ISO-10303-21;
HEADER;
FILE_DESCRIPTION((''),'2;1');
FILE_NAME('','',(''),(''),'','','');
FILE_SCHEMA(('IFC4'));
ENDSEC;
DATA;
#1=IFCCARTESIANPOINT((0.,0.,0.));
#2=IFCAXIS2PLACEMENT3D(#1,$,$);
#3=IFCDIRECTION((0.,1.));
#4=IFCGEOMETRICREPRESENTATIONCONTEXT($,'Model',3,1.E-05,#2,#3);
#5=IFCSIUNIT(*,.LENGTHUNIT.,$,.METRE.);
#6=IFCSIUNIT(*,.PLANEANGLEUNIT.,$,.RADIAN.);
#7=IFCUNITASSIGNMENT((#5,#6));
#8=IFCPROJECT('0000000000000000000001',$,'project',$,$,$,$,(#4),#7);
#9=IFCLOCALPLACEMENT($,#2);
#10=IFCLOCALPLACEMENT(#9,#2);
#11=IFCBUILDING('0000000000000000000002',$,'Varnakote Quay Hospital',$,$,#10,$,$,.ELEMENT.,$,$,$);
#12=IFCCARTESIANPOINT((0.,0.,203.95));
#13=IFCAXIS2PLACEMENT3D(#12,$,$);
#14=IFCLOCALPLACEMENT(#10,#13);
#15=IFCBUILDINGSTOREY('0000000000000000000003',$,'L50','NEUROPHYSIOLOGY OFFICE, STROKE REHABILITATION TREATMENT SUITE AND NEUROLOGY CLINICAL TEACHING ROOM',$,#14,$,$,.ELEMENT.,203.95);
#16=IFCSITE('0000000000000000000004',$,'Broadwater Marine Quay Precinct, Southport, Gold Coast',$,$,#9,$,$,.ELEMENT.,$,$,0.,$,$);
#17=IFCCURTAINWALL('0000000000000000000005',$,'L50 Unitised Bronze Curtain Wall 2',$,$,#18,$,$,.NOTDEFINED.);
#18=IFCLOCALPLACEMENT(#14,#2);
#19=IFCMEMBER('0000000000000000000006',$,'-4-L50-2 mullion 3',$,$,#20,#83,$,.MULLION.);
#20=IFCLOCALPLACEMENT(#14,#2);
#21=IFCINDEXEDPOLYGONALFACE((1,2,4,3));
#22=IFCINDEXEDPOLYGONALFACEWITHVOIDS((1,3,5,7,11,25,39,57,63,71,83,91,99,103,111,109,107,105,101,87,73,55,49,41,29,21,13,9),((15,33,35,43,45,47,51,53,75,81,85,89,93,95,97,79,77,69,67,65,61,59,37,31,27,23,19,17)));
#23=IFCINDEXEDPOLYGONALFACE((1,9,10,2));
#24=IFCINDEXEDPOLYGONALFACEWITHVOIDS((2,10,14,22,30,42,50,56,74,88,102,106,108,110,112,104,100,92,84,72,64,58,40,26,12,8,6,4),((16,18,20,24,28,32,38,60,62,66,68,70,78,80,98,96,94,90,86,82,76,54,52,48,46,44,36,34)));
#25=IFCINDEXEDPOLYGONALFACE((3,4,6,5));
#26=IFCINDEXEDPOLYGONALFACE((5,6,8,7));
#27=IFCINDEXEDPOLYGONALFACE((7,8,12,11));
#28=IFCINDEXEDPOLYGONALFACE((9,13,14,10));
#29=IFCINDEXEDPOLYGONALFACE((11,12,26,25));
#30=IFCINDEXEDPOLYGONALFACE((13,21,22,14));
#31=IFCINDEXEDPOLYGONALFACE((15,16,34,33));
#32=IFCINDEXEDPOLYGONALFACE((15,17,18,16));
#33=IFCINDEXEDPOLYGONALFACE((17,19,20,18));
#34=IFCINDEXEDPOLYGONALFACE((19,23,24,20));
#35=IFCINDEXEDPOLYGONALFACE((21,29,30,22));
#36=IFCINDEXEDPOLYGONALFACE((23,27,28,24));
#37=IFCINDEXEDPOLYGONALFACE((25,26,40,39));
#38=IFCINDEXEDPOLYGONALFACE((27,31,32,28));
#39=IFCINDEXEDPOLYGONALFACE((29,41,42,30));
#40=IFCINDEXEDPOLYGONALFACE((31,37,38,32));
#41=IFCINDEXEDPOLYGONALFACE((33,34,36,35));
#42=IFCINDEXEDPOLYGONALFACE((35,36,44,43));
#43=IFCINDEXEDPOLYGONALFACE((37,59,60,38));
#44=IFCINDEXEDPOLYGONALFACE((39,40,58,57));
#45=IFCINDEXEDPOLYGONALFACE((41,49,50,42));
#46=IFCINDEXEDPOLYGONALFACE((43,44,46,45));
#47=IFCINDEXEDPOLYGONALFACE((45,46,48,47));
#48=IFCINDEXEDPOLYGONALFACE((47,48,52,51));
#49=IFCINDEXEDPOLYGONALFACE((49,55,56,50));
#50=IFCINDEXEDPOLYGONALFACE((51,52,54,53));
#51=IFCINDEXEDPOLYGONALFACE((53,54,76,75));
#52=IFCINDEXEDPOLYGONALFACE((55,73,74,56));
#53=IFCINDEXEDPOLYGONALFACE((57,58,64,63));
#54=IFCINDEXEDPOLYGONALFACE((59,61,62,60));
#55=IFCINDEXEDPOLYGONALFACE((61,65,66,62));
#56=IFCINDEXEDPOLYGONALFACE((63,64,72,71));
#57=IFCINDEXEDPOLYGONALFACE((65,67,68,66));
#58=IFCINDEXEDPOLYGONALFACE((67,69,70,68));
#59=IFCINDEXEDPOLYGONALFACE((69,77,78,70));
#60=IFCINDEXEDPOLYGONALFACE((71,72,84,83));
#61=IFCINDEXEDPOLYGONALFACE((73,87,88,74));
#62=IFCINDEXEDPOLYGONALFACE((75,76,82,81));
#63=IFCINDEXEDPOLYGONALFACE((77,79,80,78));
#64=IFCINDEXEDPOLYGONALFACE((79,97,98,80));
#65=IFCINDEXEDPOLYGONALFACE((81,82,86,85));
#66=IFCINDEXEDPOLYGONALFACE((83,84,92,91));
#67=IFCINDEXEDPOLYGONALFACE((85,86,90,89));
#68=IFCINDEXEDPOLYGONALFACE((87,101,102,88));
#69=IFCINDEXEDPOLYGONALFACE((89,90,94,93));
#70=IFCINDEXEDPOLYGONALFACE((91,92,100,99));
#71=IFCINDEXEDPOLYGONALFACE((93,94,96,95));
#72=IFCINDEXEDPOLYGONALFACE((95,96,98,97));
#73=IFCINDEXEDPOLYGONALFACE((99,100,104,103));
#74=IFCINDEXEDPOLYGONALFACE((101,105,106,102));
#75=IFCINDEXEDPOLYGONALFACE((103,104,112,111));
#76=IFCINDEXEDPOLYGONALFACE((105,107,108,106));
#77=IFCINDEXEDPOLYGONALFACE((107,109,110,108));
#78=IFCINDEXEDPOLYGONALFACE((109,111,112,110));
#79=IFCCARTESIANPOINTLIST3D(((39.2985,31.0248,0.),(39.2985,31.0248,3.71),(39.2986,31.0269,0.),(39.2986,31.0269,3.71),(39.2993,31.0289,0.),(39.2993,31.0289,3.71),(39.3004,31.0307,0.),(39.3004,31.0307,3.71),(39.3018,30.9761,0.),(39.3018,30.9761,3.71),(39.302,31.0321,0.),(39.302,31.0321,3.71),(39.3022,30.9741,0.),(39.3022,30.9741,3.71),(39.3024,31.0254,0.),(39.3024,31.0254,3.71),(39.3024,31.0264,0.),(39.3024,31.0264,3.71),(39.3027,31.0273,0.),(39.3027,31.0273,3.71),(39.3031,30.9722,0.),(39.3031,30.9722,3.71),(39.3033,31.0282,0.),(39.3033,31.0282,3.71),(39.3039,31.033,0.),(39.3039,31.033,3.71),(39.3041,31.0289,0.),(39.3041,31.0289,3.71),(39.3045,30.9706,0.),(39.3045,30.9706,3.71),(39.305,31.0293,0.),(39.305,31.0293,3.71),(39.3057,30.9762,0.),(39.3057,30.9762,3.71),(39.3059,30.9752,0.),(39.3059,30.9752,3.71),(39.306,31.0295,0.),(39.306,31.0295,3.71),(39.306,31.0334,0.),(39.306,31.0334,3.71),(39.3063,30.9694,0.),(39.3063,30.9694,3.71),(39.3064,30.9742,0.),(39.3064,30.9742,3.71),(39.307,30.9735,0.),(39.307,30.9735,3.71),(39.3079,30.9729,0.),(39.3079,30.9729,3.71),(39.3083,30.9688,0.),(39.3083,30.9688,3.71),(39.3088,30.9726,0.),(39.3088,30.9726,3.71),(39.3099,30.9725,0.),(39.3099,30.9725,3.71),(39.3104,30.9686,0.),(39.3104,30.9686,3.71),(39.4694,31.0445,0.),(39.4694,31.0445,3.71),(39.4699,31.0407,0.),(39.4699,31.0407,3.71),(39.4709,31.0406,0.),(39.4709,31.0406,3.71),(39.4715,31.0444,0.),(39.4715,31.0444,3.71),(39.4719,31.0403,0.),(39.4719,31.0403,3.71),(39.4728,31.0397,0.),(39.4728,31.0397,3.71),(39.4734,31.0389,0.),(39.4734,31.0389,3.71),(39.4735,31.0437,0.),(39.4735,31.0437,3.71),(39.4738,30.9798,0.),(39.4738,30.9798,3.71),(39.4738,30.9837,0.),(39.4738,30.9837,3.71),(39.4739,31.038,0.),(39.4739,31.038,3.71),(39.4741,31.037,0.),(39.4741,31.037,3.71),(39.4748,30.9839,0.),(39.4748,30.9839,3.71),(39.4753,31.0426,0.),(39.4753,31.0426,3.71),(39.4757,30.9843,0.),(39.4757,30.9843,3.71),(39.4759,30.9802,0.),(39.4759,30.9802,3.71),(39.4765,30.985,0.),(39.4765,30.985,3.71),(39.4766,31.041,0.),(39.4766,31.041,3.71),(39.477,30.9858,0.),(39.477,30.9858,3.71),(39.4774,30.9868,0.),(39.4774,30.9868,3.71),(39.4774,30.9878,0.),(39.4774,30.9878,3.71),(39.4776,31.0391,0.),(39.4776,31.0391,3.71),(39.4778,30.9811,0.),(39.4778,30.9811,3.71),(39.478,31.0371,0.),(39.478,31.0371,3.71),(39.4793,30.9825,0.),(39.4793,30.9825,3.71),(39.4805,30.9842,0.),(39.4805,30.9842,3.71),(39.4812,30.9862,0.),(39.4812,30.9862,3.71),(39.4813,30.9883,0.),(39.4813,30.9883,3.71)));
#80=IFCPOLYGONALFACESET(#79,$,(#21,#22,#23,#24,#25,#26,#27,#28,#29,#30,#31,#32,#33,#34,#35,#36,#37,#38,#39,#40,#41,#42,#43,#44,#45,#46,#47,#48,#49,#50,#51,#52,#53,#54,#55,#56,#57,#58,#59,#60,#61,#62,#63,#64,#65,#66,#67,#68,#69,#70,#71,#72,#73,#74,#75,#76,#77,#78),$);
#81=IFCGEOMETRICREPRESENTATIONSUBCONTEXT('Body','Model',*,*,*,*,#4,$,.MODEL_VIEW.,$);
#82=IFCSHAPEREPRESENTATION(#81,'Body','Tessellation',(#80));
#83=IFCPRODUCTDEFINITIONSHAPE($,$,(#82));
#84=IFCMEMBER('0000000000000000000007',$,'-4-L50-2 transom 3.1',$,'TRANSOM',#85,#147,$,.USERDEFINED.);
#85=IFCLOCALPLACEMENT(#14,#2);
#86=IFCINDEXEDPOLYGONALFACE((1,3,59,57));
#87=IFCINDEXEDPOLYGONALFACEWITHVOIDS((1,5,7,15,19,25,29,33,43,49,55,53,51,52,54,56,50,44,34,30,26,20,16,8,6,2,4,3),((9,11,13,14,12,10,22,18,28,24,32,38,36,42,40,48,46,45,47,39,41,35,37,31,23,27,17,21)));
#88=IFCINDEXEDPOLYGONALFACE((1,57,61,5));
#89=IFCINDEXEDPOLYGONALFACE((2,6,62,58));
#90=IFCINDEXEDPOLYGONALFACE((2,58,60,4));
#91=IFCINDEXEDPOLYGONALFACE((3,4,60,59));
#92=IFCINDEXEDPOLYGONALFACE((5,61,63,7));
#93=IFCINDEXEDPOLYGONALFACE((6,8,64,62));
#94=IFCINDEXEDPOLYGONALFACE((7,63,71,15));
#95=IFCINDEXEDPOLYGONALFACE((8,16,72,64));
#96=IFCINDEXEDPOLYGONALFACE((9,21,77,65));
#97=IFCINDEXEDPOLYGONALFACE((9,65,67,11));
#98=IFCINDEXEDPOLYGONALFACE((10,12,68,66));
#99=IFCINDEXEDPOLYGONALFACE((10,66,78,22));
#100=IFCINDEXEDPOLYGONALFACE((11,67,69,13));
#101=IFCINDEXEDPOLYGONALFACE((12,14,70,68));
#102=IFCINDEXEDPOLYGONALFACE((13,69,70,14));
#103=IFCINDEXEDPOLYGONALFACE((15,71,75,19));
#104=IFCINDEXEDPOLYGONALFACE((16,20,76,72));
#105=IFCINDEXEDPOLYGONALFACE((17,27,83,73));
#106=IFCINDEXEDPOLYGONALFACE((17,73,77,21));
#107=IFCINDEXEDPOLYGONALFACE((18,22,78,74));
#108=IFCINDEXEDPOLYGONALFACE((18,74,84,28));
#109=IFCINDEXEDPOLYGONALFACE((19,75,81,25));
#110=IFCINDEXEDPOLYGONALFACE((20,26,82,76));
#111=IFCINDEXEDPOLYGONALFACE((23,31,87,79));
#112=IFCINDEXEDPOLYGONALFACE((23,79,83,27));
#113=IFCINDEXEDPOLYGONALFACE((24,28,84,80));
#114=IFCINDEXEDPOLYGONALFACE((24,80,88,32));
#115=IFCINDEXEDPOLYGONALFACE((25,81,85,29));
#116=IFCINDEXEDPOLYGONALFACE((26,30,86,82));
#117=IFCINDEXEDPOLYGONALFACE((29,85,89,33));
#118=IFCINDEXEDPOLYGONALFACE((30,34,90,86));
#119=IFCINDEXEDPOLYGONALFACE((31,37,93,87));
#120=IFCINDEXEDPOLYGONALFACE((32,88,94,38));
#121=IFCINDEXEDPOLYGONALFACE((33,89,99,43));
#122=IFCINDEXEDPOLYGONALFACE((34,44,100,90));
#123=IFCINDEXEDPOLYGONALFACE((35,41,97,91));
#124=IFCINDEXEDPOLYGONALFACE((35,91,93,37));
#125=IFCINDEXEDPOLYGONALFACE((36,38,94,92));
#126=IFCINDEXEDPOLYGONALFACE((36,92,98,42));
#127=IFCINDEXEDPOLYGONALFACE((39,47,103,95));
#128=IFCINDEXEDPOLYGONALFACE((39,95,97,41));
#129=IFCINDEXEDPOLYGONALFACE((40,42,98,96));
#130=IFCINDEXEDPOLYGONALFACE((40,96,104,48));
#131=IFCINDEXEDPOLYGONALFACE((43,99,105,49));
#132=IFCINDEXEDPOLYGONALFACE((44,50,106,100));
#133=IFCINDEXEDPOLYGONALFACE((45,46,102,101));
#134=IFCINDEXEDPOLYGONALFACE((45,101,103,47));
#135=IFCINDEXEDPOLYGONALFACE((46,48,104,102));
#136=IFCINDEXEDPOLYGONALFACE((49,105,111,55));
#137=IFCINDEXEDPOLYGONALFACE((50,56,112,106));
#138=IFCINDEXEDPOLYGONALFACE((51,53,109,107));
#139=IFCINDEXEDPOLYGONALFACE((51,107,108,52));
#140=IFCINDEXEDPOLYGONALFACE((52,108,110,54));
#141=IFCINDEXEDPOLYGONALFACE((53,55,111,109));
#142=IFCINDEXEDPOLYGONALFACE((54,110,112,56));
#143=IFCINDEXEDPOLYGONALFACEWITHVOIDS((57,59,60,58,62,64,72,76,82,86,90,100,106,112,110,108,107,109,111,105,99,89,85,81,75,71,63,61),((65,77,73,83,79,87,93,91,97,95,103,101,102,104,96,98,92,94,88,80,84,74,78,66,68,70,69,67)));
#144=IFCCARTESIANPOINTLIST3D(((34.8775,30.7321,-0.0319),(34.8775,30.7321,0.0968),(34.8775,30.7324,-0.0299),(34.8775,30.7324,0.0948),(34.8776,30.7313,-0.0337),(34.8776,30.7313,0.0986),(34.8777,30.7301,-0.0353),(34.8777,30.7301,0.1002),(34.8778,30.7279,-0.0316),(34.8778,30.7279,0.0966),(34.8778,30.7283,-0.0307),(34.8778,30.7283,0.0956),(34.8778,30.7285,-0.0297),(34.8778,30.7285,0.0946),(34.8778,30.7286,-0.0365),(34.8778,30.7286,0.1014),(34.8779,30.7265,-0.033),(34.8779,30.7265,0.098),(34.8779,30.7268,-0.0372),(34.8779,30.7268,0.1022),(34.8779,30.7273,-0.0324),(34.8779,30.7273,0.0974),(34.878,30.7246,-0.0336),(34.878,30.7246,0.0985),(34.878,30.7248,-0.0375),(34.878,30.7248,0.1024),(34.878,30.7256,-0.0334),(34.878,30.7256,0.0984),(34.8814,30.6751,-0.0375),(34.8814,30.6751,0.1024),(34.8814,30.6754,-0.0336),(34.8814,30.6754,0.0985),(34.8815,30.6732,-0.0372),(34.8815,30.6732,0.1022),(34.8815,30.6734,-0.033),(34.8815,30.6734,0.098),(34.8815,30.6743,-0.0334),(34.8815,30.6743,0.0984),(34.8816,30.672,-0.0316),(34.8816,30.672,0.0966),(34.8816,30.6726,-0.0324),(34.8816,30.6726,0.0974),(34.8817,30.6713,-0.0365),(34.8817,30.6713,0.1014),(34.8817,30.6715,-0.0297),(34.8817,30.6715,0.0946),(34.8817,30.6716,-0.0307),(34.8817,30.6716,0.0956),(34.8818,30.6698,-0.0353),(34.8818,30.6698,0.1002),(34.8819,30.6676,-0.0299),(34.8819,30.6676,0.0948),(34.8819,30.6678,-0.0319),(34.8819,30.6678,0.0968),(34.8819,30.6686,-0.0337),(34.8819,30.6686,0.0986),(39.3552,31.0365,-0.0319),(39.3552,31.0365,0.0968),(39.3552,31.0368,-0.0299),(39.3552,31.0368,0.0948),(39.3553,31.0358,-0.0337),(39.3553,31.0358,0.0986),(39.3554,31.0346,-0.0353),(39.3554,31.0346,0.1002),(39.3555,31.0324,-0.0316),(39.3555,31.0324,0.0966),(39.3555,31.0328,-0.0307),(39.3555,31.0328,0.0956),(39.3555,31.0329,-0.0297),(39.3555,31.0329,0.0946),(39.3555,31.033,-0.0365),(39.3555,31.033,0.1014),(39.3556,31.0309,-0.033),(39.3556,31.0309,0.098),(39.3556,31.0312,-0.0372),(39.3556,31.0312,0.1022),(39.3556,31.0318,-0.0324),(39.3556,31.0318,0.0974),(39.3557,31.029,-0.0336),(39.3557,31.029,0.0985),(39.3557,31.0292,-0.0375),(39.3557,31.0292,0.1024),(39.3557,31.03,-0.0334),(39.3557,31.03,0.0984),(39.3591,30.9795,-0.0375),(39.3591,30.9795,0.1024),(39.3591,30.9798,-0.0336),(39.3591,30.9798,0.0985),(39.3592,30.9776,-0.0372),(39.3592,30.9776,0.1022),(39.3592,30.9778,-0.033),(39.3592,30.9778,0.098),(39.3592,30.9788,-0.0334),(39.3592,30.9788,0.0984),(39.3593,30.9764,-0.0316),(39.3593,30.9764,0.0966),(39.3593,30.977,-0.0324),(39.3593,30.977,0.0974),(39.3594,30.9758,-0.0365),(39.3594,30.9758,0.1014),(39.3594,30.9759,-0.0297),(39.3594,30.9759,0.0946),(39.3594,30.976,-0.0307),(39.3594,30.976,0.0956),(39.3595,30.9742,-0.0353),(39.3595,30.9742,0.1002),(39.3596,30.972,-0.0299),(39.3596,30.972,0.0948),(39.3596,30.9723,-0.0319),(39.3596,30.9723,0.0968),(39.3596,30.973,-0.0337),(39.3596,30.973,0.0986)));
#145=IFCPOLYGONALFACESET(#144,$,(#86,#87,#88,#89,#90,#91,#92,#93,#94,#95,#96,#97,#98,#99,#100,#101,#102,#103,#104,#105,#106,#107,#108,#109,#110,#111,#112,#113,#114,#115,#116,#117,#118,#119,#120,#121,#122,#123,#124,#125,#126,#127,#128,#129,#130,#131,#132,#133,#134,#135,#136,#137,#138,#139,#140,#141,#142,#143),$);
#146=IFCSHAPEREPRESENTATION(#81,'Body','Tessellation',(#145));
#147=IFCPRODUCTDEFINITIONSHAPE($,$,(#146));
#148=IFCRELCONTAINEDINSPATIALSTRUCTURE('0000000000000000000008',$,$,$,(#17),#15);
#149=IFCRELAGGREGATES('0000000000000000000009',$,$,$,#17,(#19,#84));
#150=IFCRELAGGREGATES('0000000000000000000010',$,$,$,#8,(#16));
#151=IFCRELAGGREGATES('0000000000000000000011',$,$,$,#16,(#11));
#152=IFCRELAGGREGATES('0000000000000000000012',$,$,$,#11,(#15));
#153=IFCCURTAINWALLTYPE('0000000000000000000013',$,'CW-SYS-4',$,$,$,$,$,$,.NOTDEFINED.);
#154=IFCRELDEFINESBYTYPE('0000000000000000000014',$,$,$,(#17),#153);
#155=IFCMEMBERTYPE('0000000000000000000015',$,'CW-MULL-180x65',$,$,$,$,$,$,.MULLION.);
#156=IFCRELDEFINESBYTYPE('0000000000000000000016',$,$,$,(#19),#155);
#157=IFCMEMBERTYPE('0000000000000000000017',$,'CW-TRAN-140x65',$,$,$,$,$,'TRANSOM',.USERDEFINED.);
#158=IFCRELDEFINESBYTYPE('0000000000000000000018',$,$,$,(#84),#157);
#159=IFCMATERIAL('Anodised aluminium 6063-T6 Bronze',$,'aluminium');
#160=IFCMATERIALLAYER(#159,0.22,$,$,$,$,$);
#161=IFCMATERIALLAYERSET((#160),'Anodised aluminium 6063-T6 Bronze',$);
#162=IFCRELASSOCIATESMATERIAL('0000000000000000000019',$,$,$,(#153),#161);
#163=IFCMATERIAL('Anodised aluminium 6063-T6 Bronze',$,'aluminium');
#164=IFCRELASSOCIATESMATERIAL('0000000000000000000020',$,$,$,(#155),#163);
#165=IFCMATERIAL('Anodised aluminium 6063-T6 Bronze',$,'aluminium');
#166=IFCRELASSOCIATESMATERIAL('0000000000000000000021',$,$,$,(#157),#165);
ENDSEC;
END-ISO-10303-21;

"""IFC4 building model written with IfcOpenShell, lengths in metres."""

from ifc_helpers import new_model, si_unit, direction, frame, origin, origin_2d, place, context, subcontext, project, spatial, hollow_rectangle, extrude, material, layer, layer_set, material_profile, profile_set, type_object, element, aggregate, save


model = new_model("IFC4")

# Units and contexts
model_context = context("Model", 3, precision=1e-05, world=origin(), true_north=direction((0.0, 1.0)))
body_context = subcontext(model_context, "Body", "Model", "MODEL_VIEW")
ifc_project = project(units=[si_unit("LENGTHUNIT", "METRE"), si_unit("PLANEANGLEUNIT", "RADIAN")], contexts=[model_context])

# Site, building, storey
site_placement = place(None, origin())
site = spatial("IfcSite", under=ifc_project, at=site_placement, Name="Broadwater Marine Quay Precinct, Southport, Gold Coast", CompositionType="ELEMENT", RefElevation=0.0)
building_placement = place(site_placement, origin())
building = spatial("IfcBuilding", under=site, at=building_placement, Name="Varnakote Quay Hospital", CompositionType="ELEMENT")
storey_placement = place(building_placement, frame((0.0, 0.0, 203.95)))
storey = spatial("IfcBuildingStorey", under=building, at=storey_placement, Name="L50", Description="NEUROPHYSIOLOGY OFFICE, STROKE REHABILITATION TREATMENT SUITE AND NEUROLOGY CLINICAL TEACHING ROOM", CompositionType="ELEMENT", Elevation=203.95)

# Curtain wall, members
ifc_material_1 = material(Name="Anodised aluminium 6063-T6 Bronze", Category="aluminium")
ifc_layer_1 = layer(ifc_material_1, 0.22)
ifc_layer_set_1 = layer_set([ifc_layer_1], Name="Anodised aluminium 6063-T6 Bronze")
curtain_wall_type = type_object("IfcCurtainWallType", Name="CW-SYS-4", PredefinedType="NOTDEFINED", material=ifc_layer_set_1)
curtain_wall_placement = place(storey_placement, origin())
curtain_wall = element("IfcCurtainWall", 1, at=curtain_wall_placement, inside=storey, type_object=curtain_wall_type, Name="L50 Unitised Bronze Curtain Wall 2", PredefinedType="NOTDEFINED")
ifc_material_2 = material(Name="Anodised aluminium 6063-T6 Bronze", Category="aluminium")
ifc_material_profile_1 = material_profile(ifc_material_2, hollow_rectangle(XDim=0.0649, YDim=0.1799, WallThickness=0.0039, InnerFilletRadius=0.0039, OuterFilletRadius=0.0081, at=origin_2d()), Name="CW-MULL-180x65")
ifc_profile_set_1 = profile_set([ifc_material_profile_1], Name="Anodised aluminium 6063-T6 Bronze")
member_type_1 = type_object("IfcMemberType", Name="CW-MULL-180x65", PredefinedType="MULLION", material=ifc_profile_set_1)
member_1_placement = place(storey_placement, frame((39.3899, 31.0066, 0.0), z_axis=(0.0, 0.0, 1.0), x_axis=(0.067842, -0.997696, 0.0)))
member_1 = element("IfcMember", 2, at=member_1_placement, type_object=member_type_1, Name="-4-L50-2 mullion 3", PredefinedType="MULLION", context=body_context, shape_type="SweptSolid", body=[
    extrude(hollow_rectangle(XDim=0.0649, YDim=0.1799, WallThickness=0.0039, InnerFilletRadius=0.0039, OuterFilletRadius=0.0081, at=origin_2d()), origin(), (0.0, 0.0, 1.0), 3.71),
])
ifc_material_3 = material(Name="Anodised aluminium 6063-T6 Bronze", Category="aluminium")
ifc_material_profile_2 = material_profile(ifc_material_3, hollow_rectangle(XDim=0.0649, YDim=0.1399, WallThickness=0.0039, InnerFilletRadius=0.0039, OuterFilletRadius=0.0076, at=origin_2d()), Name="CW-TRAN-140x65")
ifc_profile_set_2 = profile_set([ifc_material_profile_2], Name="Anodised aluminium 6063-T6 Bronze")
member_type_2 = type_object("IfcMemberType", Name="CW-TRAN-140x65", ElementType="TRANSOM", PredefinedType="USERDEFINED", material=ifc_profile_set_2)
member_2_placement = place(storey_placement, frame((39.3574, 31.0044, 0.0325), z_axis=(-0.997697, -0.067833, 0.0), x_axis=(0.067833, -0.997697, 0.0)))
member_2 = element("IfcMember", 3, at=member_2_placement, type_object=member_type_2, Name="-4-L50-2 transom 3.1", ObjectType="TRANSOM", PredefinedType="USERDEFINED", context=body_context, shape_type="SweptSolid", body=[
    extrude(hollow_rectangle(XDim=0.0649, YDim=0.1399, WallThickness=0.0039, InnerFilletRadius=0.0039, OuterFilletRadius=0.0076, at=origin_2d()), origin(), (0.0, 0.0, 1.0), 4.488),
])
aggregate(curtain_wall, [member_1, member_2])

save(model, "model.ifc")
